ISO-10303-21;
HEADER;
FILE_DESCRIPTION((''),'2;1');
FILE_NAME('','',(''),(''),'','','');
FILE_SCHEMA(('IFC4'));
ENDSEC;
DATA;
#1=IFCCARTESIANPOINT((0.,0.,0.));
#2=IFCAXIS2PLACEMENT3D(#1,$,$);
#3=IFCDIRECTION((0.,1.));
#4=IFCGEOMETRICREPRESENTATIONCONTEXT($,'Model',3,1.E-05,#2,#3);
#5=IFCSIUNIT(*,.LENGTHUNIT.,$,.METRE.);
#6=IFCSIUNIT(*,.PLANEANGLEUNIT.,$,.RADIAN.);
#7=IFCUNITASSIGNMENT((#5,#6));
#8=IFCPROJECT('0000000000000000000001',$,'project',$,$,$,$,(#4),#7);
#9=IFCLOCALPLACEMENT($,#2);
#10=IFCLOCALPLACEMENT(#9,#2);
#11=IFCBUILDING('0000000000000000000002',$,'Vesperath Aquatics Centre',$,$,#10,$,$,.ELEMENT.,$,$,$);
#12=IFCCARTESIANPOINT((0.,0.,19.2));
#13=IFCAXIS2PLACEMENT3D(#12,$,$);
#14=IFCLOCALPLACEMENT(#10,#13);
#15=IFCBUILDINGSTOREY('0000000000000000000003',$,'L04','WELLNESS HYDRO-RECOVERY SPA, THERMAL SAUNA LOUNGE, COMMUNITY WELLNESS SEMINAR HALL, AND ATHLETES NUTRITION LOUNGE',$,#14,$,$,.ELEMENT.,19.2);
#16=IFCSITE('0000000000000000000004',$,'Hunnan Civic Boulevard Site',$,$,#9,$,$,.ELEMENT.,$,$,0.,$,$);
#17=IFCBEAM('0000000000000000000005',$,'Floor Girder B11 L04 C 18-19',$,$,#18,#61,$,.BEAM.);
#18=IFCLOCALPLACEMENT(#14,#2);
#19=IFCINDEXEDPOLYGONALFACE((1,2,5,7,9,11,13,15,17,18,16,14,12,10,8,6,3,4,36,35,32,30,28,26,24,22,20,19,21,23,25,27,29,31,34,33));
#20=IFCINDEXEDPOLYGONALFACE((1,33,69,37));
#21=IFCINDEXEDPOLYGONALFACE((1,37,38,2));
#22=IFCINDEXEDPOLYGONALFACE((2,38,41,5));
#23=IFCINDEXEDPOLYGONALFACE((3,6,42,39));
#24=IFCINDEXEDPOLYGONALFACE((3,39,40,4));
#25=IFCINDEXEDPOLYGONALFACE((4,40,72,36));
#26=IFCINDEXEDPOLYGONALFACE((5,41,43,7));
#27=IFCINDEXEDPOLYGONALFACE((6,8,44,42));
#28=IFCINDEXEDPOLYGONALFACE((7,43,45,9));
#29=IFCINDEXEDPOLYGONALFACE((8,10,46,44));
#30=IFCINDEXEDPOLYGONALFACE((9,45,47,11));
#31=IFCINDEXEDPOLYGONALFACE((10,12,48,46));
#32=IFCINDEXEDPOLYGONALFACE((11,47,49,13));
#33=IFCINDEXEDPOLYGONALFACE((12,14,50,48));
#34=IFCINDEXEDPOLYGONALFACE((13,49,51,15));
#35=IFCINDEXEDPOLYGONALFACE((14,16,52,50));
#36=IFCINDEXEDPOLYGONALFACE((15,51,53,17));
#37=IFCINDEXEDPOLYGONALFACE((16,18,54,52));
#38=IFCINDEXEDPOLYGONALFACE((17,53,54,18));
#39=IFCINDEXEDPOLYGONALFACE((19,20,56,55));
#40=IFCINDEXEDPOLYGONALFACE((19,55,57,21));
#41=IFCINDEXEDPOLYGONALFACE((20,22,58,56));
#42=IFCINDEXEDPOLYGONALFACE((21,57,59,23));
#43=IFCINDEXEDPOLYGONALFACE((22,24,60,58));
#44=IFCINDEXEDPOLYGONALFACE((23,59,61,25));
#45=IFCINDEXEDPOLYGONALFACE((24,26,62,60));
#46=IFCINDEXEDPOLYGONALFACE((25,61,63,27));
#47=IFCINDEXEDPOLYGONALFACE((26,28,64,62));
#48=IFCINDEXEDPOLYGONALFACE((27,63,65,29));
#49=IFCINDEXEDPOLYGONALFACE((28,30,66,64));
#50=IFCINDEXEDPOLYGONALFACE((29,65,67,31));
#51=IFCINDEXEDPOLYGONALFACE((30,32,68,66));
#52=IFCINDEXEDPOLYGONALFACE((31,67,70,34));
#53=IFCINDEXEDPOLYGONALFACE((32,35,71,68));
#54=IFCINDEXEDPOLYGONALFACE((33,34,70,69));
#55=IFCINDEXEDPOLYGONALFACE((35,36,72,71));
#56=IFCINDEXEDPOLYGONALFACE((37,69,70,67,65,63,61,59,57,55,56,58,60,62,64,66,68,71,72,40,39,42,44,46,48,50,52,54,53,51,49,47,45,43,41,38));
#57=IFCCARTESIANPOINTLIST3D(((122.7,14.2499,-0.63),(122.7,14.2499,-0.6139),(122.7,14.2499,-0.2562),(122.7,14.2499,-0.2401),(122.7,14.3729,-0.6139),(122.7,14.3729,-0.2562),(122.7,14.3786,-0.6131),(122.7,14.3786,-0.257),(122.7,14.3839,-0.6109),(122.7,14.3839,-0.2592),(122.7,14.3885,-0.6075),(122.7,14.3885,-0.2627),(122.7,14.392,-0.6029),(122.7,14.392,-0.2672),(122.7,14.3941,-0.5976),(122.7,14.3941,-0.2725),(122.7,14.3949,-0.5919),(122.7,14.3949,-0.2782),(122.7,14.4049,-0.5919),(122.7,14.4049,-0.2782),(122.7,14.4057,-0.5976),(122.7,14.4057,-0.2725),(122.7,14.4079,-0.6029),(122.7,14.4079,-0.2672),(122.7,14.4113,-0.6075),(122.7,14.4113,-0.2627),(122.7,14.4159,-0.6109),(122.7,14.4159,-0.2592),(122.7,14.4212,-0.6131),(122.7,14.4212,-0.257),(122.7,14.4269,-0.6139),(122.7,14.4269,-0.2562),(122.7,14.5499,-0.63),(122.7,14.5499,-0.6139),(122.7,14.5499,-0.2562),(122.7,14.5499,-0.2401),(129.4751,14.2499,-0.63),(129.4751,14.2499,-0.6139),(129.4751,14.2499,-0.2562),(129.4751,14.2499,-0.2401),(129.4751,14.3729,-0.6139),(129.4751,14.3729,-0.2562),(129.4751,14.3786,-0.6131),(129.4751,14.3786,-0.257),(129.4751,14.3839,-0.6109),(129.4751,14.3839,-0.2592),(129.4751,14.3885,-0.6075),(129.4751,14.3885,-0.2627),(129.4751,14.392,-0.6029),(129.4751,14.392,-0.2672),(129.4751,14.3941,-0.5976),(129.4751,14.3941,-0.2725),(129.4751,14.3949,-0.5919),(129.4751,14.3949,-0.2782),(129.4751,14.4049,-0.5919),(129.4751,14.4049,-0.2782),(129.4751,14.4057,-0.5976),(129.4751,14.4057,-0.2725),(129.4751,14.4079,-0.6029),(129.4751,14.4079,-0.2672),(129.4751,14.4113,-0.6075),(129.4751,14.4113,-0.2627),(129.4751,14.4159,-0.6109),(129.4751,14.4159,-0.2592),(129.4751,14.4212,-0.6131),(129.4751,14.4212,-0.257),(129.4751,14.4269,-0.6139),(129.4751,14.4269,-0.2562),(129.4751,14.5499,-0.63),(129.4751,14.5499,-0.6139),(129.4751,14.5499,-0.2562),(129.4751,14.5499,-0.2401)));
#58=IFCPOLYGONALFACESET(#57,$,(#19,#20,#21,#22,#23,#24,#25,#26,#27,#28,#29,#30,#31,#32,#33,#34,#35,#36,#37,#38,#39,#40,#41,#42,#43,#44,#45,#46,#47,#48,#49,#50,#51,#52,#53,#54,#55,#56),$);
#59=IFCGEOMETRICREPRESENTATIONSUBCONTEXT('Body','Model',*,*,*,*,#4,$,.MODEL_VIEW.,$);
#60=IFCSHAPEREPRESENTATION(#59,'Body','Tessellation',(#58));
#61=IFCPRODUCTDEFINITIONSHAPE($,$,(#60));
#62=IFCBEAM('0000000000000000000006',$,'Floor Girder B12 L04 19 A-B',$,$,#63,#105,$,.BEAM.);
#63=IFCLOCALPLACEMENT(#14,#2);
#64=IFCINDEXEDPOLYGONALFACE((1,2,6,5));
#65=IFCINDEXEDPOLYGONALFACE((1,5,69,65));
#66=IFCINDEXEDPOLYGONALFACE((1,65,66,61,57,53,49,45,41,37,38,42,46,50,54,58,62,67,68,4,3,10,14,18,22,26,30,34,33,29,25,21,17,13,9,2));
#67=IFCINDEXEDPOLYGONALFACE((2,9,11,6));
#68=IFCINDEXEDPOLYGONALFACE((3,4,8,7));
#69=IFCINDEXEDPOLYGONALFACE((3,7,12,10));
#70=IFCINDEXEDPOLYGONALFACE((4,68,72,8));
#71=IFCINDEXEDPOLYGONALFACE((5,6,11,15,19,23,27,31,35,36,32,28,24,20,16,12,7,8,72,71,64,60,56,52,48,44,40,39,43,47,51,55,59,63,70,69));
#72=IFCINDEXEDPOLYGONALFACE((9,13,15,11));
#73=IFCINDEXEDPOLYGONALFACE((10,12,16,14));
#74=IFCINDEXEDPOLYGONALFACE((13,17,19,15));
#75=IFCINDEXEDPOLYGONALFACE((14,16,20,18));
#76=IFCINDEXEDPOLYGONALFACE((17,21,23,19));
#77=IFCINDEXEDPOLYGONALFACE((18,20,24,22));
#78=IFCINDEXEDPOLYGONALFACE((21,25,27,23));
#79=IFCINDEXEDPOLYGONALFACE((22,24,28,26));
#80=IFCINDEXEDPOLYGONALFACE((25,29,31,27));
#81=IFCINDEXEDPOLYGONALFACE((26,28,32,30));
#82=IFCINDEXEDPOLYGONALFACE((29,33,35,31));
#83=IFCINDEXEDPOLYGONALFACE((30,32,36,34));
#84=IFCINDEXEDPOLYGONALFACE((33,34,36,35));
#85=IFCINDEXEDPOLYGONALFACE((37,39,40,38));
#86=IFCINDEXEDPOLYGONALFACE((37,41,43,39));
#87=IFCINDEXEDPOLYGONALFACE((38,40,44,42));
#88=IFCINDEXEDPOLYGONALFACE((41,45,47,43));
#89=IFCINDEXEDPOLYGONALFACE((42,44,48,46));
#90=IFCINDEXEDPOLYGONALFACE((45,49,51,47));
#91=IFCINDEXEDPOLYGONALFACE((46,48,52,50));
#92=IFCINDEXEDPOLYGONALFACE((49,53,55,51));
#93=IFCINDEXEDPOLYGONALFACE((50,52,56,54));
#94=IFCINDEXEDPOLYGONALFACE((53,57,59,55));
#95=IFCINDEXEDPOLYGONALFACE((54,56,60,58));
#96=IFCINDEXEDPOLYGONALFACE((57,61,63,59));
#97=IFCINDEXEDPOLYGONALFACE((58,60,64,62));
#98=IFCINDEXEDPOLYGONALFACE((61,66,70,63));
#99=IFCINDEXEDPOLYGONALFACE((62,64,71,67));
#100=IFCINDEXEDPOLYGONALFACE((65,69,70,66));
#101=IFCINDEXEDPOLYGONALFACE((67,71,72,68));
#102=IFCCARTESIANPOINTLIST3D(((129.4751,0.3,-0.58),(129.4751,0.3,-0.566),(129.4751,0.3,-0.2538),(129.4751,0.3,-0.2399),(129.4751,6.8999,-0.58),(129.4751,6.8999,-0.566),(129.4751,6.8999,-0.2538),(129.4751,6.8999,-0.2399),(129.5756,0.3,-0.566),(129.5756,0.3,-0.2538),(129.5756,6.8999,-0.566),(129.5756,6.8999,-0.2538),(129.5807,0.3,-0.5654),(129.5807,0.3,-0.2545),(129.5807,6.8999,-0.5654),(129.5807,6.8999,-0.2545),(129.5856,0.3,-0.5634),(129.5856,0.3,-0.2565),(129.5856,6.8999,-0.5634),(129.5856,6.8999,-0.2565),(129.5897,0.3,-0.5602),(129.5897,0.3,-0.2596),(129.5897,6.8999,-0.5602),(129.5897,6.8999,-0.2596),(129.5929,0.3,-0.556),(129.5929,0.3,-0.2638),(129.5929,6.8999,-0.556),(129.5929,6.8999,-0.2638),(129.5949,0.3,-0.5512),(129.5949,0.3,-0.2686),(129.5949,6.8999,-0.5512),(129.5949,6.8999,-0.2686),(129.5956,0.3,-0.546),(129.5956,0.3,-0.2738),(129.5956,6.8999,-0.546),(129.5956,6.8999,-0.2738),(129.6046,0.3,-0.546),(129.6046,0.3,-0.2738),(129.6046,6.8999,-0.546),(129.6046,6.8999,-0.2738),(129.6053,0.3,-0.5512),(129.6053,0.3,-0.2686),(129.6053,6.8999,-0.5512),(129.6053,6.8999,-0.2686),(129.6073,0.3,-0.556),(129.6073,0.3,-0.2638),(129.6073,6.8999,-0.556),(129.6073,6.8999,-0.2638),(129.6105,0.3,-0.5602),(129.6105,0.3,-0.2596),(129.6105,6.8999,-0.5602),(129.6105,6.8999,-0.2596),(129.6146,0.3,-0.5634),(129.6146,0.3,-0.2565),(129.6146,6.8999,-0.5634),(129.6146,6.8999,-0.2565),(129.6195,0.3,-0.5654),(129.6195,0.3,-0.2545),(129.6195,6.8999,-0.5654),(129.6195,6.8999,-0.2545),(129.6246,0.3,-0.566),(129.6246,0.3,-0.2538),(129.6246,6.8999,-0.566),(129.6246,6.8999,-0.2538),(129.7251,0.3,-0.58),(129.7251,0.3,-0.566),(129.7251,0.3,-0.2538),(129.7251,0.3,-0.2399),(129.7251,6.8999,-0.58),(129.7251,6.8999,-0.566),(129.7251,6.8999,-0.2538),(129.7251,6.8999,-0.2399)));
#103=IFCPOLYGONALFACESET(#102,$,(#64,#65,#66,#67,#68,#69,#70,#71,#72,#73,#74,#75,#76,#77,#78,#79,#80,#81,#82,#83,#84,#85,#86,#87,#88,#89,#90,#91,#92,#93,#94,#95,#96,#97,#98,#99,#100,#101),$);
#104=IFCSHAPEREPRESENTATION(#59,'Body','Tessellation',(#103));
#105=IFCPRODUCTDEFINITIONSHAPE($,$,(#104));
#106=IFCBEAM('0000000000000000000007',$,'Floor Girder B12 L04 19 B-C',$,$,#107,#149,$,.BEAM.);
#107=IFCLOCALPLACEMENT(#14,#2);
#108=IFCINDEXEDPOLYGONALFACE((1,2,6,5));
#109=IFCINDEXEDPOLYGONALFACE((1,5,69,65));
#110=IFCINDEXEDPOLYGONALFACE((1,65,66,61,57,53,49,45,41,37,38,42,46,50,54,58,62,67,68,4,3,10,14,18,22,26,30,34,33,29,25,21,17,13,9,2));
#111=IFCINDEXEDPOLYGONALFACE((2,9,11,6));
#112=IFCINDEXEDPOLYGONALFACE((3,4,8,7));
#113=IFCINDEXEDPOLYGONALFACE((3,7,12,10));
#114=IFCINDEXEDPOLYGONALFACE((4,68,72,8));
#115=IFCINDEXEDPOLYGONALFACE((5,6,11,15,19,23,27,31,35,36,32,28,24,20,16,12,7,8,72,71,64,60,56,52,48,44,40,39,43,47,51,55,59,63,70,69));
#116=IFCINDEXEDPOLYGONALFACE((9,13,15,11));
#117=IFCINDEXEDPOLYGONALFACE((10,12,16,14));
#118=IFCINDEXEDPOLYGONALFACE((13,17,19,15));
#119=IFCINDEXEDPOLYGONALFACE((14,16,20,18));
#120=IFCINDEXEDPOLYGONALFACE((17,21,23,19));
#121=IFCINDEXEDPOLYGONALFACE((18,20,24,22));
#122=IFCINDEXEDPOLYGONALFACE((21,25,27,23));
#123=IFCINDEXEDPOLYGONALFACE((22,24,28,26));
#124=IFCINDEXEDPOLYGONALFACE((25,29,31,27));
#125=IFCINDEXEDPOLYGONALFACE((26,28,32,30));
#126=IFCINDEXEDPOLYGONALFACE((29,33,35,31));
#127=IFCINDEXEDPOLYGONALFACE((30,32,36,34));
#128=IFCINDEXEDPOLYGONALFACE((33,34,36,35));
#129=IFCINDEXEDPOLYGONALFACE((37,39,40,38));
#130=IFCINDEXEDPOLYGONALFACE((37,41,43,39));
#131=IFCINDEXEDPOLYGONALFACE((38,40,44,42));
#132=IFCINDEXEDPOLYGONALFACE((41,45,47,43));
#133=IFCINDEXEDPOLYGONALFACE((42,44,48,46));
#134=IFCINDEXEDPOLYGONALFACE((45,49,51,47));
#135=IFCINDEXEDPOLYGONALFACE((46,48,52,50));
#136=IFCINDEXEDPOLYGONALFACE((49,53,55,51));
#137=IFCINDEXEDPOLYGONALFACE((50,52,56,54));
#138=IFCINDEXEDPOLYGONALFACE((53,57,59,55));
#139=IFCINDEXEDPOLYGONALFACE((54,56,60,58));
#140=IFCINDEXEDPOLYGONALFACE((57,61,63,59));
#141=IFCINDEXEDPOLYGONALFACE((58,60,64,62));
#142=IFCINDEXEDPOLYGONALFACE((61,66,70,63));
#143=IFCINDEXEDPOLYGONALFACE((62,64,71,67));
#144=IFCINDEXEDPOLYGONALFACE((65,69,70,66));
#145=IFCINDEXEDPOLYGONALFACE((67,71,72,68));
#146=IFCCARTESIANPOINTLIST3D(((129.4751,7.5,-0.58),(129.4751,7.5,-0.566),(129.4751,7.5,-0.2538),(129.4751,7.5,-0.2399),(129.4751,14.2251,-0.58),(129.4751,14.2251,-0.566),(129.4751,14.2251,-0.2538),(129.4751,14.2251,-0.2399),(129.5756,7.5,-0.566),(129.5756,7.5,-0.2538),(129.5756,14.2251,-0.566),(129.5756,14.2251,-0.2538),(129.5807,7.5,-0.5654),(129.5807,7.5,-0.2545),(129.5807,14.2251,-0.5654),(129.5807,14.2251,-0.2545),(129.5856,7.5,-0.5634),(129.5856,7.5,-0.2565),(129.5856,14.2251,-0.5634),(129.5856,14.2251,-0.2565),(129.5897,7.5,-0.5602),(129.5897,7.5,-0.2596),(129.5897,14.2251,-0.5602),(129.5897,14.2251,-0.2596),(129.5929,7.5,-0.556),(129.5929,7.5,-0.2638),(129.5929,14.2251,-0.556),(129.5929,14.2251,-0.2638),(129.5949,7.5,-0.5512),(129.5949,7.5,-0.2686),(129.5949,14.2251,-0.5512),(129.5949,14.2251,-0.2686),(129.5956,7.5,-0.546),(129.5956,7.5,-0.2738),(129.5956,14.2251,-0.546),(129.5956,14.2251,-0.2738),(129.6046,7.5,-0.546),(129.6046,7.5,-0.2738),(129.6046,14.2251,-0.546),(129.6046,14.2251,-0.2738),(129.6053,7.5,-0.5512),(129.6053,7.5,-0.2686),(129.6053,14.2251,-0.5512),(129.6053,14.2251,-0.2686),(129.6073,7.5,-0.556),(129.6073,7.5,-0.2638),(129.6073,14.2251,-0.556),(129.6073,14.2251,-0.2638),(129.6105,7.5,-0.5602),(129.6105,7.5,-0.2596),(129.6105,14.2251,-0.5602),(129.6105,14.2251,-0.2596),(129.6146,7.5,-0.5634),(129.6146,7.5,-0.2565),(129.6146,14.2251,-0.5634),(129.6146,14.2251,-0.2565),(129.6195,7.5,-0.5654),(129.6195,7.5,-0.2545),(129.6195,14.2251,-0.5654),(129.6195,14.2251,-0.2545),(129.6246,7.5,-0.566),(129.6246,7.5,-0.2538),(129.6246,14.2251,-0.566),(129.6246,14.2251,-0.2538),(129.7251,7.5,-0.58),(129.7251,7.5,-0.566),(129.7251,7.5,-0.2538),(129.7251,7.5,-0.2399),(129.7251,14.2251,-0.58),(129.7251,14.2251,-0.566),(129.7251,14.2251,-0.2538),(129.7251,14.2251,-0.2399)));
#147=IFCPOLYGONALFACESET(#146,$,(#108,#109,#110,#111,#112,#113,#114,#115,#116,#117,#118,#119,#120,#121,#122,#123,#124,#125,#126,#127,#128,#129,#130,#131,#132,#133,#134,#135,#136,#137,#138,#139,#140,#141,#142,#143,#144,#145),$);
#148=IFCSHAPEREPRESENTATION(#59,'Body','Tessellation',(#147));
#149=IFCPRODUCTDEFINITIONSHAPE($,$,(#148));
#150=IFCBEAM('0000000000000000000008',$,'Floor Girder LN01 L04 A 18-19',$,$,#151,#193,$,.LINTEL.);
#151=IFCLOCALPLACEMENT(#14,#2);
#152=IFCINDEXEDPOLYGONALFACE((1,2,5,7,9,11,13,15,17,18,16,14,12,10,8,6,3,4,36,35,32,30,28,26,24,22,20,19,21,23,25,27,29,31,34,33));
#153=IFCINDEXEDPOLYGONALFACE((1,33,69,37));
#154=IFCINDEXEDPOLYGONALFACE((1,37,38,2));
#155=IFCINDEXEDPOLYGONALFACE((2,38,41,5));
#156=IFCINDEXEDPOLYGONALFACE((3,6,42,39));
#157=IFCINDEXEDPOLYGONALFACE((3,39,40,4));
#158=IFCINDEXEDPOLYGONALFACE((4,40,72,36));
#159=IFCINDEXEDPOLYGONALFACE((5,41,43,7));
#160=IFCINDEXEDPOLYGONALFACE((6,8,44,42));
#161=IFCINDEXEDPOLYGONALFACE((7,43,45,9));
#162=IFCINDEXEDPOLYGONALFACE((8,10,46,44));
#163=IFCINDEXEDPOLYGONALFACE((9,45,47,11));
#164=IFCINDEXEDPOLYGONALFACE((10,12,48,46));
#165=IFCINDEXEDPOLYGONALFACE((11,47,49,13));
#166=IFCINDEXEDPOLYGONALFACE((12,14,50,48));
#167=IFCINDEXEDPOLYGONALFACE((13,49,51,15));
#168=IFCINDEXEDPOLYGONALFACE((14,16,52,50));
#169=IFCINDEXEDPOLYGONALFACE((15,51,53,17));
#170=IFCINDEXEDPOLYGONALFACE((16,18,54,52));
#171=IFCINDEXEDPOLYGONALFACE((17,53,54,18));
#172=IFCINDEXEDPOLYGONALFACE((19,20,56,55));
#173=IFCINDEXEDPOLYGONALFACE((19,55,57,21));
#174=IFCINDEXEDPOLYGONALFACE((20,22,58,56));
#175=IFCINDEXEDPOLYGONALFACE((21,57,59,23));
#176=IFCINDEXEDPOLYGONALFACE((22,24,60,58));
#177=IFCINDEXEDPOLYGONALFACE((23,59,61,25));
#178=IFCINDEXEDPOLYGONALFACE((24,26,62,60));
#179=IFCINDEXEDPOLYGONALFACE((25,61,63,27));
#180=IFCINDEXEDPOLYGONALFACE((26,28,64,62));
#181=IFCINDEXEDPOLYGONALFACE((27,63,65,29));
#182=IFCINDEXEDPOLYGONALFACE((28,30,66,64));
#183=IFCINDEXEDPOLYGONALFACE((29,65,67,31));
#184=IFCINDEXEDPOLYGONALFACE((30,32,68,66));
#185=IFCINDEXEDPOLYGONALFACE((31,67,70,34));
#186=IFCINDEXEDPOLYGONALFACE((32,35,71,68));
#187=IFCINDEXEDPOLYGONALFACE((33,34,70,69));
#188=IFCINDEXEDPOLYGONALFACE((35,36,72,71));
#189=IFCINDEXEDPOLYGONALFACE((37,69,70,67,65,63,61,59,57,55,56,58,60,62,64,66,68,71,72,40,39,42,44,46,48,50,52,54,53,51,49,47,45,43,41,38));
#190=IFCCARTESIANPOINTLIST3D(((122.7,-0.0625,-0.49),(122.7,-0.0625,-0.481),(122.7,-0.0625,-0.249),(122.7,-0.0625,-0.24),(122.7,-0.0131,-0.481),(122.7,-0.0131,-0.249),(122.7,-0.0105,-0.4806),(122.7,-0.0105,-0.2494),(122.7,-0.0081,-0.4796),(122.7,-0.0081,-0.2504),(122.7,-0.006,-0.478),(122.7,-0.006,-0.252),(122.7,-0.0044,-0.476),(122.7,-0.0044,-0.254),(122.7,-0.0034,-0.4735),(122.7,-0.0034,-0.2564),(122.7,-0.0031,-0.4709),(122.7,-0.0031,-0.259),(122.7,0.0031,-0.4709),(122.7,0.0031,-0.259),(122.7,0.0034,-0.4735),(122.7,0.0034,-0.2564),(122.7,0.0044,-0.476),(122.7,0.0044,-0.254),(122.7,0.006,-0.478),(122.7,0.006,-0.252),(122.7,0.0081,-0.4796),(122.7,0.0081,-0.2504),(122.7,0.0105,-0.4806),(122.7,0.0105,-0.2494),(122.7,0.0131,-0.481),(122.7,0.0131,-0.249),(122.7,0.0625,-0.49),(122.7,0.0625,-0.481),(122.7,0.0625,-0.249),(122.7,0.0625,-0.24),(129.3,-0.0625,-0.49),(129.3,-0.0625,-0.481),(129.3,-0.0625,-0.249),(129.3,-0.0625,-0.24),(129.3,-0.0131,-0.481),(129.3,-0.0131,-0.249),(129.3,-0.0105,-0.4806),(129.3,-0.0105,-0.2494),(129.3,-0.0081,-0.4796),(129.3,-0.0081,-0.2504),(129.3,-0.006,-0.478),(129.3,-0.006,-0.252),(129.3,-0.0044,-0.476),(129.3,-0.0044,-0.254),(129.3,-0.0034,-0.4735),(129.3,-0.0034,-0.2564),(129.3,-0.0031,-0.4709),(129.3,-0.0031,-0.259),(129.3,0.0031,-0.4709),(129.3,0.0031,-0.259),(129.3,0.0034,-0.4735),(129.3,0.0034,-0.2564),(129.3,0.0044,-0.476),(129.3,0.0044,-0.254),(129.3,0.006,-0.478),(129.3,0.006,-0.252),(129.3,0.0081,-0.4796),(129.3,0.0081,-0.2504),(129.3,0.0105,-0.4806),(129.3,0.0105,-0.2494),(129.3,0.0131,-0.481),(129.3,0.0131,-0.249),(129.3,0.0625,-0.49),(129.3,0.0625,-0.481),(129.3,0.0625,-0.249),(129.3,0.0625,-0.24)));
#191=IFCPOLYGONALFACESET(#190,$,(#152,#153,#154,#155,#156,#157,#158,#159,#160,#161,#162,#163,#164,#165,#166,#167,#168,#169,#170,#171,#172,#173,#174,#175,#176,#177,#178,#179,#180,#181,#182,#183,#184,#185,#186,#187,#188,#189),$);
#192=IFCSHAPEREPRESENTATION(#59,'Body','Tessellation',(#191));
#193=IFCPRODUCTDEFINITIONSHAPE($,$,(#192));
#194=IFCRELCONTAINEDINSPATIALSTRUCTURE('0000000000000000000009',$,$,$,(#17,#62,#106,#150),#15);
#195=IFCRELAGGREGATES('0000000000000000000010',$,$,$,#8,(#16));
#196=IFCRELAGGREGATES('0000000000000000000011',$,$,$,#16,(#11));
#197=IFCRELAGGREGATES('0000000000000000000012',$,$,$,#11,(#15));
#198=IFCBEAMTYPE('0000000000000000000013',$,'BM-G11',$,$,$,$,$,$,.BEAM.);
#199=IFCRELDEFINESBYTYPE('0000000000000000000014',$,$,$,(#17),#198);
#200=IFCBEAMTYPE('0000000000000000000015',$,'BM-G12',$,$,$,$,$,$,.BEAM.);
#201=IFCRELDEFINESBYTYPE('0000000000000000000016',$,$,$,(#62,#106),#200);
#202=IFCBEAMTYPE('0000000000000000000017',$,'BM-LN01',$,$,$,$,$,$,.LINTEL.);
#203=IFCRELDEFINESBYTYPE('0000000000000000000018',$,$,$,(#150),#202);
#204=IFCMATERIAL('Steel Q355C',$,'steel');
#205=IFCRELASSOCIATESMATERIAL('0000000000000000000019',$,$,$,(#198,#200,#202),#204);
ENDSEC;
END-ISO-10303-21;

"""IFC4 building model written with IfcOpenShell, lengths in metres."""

from ifc_helpers import new_model, si_unit, direction, frame, origin, origin_2d, place, context, subcontext, project, spatial, i_section, extrude, material, material_profile, profile_set, type_object, element, save


model = new_model("IFC4")

# Units and contexts
model_context = context("Model", 3, precision=1e-05, world=origin(), true_north=direction((0.0, 1.0)))
body_context = subcontext(model_context, "Body", "Model", "MODEL_VIEW")
ifc_project = project(units=[si_unit("LENGTHUNIT", "METRE"), si_unit("PLANEANGLEUNIT", "RADIAN")], contexts=[model_context])

# Site, building, storey
site_placement = place(None, origin())
site = spatial("IfcSite", under=ifc_project, at=site_placement, Name="Hunnan Civic Boulevard Site", CompositionType="ELEMENT", RefElevation=0.0)
building_placement = place(site_placement, origin())
building = spatial("IfcBuilding", under=site, at=building_placement, Name="Vesperath Aquatics Centre", CompositionType="ELEMENT")
storey_placement = place(building_placement, frame((0.0, 0.0, 19.2)))
storey = spatial("IfcBuildingStorey", under=building, at=storey_placement, Name="L04", Description="WELLNESS HYDRO-RECOVERY SPA, THERMAL SAUNA LOUNGE, COMMUNITY WELLNESS SEMINAR HALL, AND ATHLETES NUTRITION LOUNGE", CompositionType="ELEMENT", Elevation=19.2)

# Shared definitions
ifc_material_1 = material(Name="Steel Q355C", Category="steel")

# Beams
ifc_material_profile_1 = material_profile(ifc_material_1, i_section(OverallWidth=0.3, OverallDepth=0.3899, WebThickness=0.01, FlangeThickness=0.0161, FilletRadius=0.022, at=origin_2d()), Name="HM 390x300x10x16")
ifc_profile_set_1 = profile_set([ifc_material_profile_1], Name="Steel Q355C")
beam_type_1 = type_object("IfcBeamType", Name="BM-G11", PredefinedType="BEAM", material=ifc_profile_set_1)
beam_1_placement = place(storey_placement, frame((122.7, 14.3999, -0.4351), z_axis=(1.0, 0.0, 0.0), x_axis=(0.0, 1.0, 0.0)))
element("IfcBeam", 1, at=beam_1_placement, inside=storey, type_object=beam_type_1, Name="Floor Girder B11 L04 C 18-19", PredefinedType="BEAM", context=body_context, shape_type="SweptSolid", body=[
    extrude(i_section(OverallWidth=0.3, OverallDepth=0.3899, WebThickness=0.01, FlangeThickness=0.0161, FilletRadius=0.022, at=origin_2d()), origin(), (0.0, 0.0, 1.0), 6.7751),
])
ifc_material_profile_2 = material_profile(ifc_material_1, i_section(OverallWidth=0.25, OverallDepth=0.3401, WebThickness=0.009, FlangeThickness=0.0139, FilletRadius=0.02, at=origin_2d()), Name="HM 340x250x9x14")
ifc_profile_set_2 = profile_set([ifc_material_profile_2], Name="Steel Q355C")
beam_type_2 = type_object("IfcBeamType", Name="BM-G12", PredefinedType="BEAM", material=ifc_profile_set_2)
beam_2_placement = place(storey_placement, frame((129.6001, 0.3, -0.4099), z_axis=(0.0, 1.0, 0.0), x_axis=(-1.0, 0.0, 0.0)))
element("IfcBeam", 2, at=beam_2_placement, inside=storey, type_object=beam_type_2, Name="Floor Girder B12 L04 19 A-B", PredefinedType="BEAM", context=body_context, shape_type="SweptSolid", body=[
    extrude(i_section(OverallWidth=0.25, OverallDepth=0.3401, WebThickness=0.009, FlangeThickness=0.0139, FilletRadius=0.02, at=origin_2d()), origin(), (0.0, 0.0, 1.0), 6.5999),
])
beam_3_placement = place(storey_placement, frame((129.6001, 7.5, -0.4099), z_axis=(0.0, 1.0, 0.0), x_axis=(-1.0, 0.0, 0.0)))
element("IfcBeam", 3, at=beam_3_placement, inside=storey, type_object=beam_type_2, Name="Floor Girder B12 L04 19 B-C", PredefinedType="BEAM", context=body_context, shape_type="SweptSolid", body=[
    extrude(i_section(OverallWidth=0.25, OverallDepth=0.3401, WebThickness=0.009, FlangeThickness=0.0139, FilletRadius=0.02, at=origin_2d()), origin(), (0.0, 0.0, 1.0), 6.7251),
])
ifc_material_profile_3 = material_profile(ifc_material_1, i_section(OverallWidth=0.125, OverallDepth=0.25, WebThickness=0.0061, FlangeThickness=0.009, FilletRadius=0.01, at=origin_2d()), Name="HN 250x125x6x9")
ifc_profile_set_3 = profile_set([ifc_material_profile_3], Name="Steel Q355C")
beam_type_3 = type_object("IfcBeamType", Name="BM-LN01", PredefinedType="LINTEL", material=ifc_profile_set_3)
beam_4_placement = place(storey_placement, frame((122.7, 0.0, -0.365), z_axis=(1.0, 0.0, 0.0), x_axis=(0.0, 1.0, 0.0)))
element("IfcBeam", 4, at=beam_4_placement, inside=storey, type_object=beam_type_3, Name="Floor Girder LN01 L04 A 18-19", PredefinedType="LINTEL", context=body_context, shape_type="SweptSolid", body=[
    extrude(i_section(OverallWidth=0.125, OverallDepth=0.25, WebThickness=0.0061, FlangeThickness=0.009, FilletRadius=0.01, at=origin_2d()), origin(), (0.0, 0.0, 1.0), 6.6001),
])

save(model, "model.ifc")
